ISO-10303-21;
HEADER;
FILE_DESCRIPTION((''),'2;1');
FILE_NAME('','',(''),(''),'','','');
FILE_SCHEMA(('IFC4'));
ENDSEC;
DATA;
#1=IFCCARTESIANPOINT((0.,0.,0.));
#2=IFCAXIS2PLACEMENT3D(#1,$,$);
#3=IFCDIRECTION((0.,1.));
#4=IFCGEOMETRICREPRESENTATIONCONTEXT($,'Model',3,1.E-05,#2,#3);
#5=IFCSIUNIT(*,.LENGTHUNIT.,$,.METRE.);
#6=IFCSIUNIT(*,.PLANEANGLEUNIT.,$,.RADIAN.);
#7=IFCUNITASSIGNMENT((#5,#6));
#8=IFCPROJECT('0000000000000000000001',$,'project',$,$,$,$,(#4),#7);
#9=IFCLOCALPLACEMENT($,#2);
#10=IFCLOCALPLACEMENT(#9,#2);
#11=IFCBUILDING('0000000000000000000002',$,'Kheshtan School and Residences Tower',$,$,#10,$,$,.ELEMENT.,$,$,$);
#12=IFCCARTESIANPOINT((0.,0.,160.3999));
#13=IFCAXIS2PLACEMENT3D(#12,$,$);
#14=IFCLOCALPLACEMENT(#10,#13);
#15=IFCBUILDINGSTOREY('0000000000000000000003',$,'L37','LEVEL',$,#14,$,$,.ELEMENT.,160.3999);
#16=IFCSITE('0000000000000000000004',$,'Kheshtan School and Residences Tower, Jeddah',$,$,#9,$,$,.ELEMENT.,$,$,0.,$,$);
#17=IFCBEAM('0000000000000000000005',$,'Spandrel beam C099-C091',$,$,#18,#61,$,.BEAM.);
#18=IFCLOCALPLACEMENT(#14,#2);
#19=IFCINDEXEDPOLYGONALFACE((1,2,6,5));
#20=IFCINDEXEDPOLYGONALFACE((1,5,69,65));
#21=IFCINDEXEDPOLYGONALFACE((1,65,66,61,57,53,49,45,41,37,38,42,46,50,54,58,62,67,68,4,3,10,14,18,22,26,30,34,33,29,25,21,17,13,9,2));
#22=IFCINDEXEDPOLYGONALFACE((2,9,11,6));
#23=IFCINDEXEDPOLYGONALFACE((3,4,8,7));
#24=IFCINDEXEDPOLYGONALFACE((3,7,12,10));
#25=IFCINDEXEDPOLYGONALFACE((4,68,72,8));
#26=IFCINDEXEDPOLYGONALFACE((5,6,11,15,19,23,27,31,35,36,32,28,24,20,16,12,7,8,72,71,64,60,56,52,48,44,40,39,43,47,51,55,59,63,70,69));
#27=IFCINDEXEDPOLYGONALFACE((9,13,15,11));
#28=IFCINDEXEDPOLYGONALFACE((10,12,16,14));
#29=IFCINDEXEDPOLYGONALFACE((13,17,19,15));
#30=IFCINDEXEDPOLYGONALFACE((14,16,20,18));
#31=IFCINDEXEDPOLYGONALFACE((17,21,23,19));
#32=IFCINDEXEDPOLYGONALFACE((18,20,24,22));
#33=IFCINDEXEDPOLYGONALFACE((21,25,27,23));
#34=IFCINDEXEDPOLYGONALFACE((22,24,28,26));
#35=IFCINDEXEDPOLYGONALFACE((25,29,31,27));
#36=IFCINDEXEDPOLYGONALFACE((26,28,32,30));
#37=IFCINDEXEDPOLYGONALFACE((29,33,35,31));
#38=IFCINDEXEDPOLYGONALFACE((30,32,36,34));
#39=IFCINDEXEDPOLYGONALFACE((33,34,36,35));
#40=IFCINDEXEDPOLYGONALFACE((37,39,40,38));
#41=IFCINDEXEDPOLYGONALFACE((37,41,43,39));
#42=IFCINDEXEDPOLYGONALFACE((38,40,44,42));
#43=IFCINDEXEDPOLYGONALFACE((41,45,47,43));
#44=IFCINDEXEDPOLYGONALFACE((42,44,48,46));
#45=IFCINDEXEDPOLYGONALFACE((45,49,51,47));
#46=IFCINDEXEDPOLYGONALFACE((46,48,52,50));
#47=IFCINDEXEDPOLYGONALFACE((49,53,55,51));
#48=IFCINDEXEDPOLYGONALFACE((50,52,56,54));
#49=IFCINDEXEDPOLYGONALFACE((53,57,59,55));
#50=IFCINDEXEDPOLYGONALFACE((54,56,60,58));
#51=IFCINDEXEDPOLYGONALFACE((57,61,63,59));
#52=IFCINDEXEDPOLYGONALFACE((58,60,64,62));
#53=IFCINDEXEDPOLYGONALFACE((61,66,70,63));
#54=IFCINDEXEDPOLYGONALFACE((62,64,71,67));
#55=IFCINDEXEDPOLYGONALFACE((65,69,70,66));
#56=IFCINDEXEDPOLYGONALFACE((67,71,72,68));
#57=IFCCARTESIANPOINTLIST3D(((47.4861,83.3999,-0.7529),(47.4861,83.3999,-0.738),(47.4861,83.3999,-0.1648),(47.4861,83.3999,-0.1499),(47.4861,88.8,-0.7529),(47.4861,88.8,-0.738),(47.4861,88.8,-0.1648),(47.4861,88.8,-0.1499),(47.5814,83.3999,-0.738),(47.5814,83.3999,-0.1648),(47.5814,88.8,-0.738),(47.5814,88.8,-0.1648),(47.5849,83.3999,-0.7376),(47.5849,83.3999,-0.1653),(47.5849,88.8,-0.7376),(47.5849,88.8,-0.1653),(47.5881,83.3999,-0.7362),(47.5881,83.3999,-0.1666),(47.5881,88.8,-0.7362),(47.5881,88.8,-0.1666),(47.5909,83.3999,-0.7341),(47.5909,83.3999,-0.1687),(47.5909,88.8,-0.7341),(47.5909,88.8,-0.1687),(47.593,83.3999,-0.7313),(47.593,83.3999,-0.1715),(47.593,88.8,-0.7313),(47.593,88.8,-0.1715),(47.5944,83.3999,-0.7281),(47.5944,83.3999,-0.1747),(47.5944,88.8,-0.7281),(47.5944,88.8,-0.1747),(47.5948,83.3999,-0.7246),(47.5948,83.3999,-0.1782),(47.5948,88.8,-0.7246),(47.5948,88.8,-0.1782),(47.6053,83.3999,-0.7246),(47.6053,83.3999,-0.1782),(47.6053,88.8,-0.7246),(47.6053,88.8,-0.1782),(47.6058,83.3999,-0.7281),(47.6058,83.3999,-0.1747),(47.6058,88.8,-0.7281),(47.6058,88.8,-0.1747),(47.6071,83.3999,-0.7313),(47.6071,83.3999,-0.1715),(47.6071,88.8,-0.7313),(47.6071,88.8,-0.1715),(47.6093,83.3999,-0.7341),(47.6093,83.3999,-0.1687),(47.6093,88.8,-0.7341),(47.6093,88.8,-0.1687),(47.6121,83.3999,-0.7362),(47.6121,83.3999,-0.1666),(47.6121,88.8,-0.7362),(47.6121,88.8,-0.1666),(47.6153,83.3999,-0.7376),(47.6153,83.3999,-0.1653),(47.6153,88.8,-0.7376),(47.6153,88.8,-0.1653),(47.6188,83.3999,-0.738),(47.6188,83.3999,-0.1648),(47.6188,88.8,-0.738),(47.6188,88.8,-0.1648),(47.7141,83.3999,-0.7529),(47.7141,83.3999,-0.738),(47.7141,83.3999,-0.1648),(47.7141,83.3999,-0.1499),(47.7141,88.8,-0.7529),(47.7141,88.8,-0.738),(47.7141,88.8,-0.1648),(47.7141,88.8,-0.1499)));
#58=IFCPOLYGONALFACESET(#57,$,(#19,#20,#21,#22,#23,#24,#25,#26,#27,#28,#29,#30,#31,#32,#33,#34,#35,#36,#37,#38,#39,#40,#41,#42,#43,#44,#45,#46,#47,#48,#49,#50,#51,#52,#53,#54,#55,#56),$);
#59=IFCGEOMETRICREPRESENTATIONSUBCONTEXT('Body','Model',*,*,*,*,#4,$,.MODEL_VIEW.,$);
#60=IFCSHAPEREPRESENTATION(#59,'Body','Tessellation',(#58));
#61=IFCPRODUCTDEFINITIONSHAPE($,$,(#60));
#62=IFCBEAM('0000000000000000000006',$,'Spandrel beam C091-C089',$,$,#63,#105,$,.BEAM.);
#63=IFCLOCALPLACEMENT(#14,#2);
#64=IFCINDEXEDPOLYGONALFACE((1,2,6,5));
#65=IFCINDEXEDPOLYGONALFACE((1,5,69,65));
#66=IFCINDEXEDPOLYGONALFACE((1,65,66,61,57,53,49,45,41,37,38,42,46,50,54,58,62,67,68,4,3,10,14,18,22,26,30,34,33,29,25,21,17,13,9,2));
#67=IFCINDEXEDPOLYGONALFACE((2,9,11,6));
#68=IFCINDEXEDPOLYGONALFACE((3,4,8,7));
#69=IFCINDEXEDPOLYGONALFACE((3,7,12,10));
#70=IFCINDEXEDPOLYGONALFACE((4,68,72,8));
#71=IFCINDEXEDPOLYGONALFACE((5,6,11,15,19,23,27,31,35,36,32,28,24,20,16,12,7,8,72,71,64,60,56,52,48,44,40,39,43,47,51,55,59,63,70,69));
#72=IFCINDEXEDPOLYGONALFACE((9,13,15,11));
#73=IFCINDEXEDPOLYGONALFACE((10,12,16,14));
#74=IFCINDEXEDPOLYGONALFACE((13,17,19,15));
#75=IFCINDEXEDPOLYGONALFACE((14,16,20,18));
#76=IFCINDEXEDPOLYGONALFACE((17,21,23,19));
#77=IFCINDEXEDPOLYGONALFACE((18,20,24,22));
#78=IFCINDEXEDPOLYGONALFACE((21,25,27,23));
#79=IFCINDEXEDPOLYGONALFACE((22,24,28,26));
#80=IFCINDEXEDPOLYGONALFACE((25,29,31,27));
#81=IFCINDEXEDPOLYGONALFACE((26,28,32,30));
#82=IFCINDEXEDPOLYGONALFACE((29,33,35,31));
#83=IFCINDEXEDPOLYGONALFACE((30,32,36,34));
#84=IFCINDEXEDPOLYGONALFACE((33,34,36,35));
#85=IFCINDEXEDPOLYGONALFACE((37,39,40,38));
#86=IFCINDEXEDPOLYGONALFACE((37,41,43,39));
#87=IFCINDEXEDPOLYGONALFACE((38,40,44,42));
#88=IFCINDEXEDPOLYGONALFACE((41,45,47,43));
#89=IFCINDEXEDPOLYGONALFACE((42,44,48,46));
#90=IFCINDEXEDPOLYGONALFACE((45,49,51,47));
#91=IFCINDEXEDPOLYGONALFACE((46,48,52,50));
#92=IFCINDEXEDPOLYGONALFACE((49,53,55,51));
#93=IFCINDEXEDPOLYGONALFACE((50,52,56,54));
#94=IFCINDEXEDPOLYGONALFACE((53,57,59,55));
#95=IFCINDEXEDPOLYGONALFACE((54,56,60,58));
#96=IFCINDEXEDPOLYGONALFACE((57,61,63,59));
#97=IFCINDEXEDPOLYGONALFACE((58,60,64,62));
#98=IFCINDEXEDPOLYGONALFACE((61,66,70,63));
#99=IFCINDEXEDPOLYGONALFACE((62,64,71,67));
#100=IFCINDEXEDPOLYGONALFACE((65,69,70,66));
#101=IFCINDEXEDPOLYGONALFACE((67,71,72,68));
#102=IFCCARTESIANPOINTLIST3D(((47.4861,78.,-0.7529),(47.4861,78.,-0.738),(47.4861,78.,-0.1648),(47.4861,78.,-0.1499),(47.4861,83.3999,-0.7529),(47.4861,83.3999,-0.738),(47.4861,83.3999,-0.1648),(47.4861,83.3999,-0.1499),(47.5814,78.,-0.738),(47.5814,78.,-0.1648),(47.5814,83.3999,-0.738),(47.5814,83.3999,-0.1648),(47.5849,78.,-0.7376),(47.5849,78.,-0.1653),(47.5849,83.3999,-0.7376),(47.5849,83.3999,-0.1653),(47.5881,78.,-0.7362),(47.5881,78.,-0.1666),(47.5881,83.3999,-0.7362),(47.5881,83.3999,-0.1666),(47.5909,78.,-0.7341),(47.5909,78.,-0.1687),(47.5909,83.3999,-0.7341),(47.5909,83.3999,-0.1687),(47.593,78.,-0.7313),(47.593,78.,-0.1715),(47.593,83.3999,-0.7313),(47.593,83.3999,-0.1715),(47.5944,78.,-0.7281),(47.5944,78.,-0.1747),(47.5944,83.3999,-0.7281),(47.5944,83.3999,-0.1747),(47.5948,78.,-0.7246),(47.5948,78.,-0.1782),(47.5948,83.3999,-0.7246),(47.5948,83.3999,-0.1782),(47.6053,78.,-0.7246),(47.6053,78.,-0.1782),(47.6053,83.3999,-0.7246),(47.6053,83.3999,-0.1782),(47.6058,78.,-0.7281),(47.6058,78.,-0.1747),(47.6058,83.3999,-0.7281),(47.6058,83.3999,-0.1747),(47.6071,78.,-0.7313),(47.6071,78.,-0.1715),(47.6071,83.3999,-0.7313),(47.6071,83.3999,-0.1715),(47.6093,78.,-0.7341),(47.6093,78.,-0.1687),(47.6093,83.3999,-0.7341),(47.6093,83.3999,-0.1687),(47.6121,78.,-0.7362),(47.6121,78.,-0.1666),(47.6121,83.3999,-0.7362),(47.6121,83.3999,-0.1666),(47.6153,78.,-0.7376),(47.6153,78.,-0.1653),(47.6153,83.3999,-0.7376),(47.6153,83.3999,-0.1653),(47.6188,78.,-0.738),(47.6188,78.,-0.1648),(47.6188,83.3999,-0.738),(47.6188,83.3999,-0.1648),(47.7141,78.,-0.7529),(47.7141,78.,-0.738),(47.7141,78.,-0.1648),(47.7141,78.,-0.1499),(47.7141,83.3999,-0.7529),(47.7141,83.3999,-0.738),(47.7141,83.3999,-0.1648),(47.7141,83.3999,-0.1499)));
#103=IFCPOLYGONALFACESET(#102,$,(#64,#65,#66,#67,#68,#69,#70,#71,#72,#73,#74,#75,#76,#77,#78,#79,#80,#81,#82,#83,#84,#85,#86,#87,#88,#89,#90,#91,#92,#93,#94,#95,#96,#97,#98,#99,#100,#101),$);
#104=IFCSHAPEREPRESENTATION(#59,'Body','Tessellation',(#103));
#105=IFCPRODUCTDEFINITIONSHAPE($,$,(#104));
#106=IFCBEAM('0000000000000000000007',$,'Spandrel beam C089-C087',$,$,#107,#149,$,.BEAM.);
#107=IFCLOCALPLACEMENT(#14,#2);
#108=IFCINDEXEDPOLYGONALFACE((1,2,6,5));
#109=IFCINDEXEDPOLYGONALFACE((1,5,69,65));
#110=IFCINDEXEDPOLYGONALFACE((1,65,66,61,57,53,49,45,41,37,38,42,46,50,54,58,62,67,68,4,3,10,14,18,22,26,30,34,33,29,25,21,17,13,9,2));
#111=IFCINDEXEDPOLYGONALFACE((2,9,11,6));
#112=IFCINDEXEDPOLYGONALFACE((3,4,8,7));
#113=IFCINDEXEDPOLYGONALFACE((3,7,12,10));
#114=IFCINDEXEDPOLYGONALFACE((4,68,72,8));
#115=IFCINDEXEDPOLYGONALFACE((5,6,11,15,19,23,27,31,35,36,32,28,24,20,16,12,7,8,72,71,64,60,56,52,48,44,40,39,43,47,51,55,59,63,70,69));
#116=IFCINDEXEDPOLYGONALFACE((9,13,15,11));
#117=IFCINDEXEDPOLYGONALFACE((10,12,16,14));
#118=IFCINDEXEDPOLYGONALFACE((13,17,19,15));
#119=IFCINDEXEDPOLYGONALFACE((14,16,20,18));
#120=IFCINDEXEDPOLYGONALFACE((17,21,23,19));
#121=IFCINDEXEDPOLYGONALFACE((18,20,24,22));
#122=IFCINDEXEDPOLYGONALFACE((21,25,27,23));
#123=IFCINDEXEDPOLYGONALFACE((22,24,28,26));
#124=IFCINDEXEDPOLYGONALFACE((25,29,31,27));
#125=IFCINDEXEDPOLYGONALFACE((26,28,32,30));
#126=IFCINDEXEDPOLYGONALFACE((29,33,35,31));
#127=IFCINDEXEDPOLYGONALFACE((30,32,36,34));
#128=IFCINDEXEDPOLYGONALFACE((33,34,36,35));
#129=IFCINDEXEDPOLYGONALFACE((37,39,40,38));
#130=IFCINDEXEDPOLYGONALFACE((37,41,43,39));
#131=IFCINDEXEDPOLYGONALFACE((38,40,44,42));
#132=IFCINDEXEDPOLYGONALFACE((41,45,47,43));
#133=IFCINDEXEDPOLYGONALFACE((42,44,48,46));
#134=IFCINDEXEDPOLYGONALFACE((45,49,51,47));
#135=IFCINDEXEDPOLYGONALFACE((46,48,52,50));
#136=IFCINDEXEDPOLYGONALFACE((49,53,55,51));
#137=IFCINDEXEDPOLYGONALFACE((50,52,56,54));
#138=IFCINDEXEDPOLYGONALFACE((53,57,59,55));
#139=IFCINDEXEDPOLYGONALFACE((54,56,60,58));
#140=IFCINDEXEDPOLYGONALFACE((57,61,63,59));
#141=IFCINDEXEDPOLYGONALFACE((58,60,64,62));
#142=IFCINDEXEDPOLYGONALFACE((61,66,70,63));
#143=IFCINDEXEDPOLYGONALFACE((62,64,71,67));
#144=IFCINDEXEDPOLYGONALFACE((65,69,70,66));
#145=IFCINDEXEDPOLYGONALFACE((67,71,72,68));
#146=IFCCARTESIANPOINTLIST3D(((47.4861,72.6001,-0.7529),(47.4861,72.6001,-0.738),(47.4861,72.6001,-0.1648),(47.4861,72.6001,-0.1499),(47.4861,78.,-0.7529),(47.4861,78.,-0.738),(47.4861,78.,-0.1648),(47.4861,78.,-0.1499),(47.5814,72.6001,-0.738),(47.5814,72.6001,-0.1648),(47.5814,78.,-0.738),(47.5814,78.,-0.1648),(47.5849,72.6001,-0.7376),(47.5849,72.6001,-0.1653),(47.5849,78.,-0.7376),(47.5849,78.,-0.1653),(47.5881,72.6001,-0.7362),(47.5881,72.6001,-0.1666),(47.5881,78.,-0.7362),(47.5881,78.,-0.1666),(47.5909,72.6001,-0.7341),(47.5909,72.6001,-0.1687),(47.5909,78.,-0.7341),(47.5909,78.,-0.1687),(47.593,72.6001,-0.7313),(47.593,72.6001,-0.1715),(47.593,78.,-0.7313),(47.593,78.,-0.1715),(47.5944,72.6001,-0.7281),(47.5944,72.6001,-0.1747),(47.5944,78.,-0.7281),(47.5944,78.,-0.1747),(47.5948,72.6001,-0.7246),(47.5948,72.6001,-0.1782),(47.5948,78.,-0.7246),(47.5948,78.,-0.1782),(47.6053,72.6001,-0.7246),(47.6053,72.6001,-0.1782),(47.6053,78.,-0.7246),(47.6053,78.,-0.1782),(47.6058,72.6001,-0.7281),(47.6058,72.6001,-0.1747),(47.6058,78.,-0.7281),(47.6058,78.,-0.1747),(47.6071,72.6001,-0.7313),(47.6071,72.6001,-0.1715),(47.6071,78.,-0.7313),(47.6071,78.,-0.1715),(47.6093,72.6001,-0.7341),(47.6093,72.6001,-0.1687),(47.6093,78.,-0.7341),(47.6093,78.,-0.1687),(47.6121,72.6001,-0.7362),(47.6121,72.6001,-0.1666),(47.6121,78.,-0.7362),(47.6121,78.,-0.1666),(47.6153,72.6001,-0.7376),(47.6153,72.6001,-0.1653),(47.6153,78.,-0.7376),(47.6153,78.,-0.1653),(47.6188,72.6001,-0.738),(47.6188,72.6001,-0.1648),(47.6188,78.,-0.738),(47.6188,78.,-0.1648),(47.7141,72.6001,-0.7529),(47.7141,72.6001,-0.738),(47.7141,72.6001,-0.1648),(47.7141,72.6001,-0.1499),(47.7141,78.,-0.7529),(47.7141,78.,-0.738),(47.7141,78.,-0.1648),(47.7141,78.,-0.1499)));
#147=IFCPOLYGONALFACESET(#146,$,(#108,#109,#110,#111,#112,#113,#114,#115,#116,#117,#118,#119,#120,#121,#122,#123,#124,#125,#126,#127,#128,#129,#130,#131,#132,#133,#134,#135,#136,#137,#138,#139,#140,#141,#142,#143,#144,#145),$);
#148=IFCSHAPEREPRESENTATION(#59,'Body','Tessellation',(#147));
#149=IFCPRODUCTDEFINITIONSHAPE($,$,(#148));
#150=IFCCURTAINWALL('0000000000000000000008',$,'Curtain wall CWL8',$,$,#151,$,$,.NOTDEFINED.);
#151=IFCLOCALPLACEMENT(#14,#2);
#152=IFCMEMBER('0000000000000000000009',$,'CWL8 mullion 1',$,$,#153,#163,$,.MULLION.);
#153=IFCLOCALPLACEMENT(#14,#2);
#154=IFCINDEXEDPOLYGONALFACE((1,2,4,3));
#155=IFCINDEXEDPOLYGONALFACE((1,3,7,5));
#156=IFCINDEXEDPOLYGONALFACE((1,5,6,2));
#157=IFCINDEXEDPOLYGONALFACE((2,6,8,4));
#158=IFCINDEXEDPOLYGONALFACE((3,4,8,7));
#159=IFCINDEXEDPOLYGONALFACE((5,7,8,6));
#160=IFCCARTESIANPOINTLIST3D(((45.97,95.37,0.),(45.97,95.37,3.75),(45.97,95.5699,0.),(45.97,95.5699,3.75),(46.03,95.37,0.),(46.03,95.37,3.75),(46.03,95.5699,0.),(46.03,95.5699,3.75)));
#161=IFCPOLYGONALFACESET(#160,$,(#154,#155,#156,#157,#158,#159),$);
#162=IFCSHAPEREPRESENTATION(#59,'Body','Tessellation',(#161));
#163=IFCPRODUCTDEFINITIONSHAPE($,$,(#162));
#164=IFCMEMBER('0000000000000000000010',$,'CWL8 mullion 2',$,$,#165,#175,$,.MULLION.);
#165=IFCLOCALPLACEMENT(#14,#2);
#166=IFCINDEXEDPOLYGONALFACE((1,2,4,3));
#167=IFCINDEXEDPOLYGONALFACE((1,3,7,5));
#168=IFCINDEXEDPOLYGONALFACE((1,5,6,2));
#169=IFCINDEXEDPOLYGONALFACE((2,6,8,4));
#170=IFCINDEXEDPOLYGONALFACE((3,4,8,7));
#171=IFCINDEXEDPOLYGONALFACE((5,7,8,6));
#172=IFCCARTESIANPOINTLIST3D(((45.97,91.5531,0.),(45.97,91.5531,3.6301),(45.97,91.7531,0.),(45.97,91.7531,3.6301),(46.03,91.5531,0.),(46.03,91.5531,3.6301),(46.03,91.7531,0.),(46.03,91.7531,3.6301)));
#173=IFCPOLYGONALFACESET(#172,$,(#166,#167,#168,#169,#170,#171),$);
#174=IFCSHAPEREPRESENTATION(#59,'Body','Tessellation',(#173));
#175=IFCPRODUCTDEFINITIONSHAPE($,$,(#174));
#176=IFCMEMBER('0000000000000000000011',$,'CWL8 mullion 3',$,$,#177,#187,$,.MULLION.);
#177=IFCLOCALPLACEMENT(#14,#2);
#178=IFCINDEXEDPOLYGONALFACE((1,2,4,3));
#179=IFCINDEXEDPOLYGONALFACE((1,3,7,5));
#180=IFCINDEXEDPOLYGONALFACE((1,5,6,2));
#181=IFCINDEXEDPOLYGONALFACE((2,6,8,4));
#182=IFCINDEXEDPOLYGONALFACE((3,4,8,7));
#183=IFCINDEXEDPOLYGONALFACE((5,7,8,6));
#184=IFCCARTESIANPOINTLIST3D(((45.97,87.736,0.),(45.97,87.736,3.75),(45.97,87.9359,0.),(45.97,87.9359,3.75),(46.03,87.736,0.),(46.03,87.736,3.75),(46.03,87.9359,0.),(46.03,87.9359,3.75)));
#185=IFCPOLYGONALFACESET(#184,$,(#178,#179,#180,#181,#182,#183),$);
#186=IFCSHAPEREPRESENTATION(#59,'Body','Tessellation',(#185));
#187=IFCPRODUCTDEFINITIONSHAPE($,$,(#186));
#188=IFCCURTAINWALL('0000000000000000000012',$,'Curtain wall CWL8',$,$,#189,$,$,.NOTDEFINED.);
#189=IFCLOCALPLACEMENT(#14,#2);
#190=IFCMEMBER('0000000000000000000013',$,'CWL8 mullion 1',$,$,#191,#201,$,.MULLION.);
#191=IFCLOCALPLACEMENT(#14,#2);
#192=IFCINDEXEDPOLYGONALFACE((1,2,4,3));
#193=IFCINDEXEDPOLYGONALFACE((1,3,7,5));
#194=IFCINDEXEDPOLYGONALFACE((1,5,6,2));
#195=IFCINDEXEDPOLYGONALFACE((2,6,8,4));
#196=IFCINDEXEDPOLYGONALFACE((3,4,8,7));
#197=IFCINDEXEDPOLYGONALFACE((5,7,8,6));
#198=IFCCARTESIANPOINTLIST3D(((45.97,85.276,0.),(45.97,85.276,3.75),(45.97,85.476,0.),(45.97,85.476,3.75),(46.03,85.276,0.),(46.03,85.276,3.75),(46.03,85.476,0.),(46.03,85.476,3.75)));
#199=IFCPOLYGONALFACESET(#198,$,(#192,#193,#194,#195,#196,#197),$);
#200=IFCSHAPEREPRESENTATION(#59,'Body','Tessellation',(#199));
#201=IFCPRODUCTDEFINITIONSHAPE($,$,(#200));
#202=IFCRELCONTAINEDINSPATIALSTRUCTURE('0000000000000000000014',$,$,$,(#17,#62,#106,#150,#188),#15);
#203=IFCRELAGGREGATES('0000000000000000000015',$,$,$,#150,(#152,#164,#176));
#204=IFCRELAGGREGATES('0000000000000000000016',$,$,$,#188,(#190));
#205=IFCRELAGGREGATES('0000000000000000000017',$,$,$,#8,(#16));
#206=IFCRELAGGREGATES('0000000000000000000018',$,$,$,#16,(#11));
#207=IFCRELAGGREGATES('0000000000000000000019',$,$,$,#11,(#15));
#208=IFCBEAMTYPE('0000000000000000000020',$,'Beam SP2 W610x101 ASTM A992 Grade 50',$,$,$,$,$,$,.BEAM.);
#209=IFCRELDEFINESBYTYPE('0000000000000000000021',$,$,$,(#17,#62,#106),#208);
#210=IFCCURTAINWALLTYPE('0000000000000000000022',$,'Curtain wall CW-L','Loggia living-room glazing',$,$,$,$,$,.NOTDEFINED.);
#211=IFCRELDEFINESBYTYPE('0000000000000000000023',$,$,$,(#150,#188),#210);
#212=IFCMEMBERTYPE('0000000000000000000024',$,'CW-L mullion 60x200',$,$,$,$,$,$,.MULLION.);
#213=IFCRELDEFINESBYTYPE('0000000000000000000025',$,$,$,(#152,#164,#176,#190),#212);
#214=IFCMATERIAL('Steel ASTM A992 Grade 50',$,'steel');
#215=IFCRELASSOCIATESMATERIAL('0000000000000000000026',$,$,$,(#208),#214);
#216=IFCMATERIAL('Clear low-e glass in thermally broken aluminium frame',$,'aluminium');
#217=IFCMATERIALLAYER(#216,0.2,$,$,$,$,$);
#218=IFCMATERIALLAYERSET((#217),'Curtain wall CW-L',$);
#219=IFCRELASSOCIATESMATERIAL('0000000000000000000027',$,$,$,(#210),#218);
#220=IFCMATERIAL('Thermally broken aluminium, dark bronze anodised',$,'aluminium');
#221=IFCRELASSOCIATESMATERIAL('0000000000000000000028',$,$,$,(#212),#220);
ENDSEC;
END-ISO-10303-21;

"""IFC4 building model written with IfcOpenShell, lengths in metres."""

from ifc_helpers import new_model, si_unit, direction, frame, origin, origin_2d, place, context, subcontext, project, spatial, rectangle, i_section, extrude, material, layer, layer_set, material_profile, profile_set, type_object, element, aggregate, save


model = new_model("IFC4")

# Units and contexts
model_context = context("Model", 3, precision=1e-05, world=origin(), true_north=direction((0.0, 1.0)))
body_context = subcontext(model_context, "Body", "Model", "MODEL_VIEW")
ifc_project = project(units=[si_unit("LENGTHUNIT", "METRE"), si_unit("PLANEANGLEUNIT", "RADIAN")], contexts=[model_context])

# Site, building, storey
site_placement = place(None, origin())
site = spatial("IfcSite", under=ifc_project, at=site_placement, Name="Kheshtan School and Residences Tower, Jeddah", CompositionType="ELEMENT", RefElevation=0.0)
building_placement = place(site_placement, origin())
building = spatial("IfcBuilding", under=site, at=building_placement, Name="Kheshtan School and Residences Tower", CompositionType="ELEMENT")
storey_placement = place(building_placement, frame((0.0, 0.0, 160.3999)))
storey = spatial("IfcBuildingStorey", under=building, at=storey_placement, Name="L37", Description="LEVEL", CompositionType="ELEMENT", Elevation=160.3999)

# Shared definitions
ifc_material_1 = material(Name="Steel ASTM A992 Grade 50", Category="steel")

# Beams
ifc_material_profile_1 = material_profile(ifc_material_1, i_section(OverallWidth=0.228, OverallDepth=0.603, WebThickness=0.0105, FlangeThickness=0.0149, FilletRadius=0.0134, at=origin_2d()), Name="W610x101")
ifc_profile_set_1 = profile_set([ifc_material_profile_1], Name="Steel ASTM A992 Grade 50")
beam_type_1 = type_object("IfcBeamType", Name="Beam SP2 W610x101 ASTM A992 Grade 50", PredefinedType="BEAM", material=ifc_profile_set_1)
beam_1_placement = place(storey_placement, frame((47.6001, 88.8, -0.4514), z_axis=(0.0, -1.0, 0.0), x_axis=(1.0, 0.0, 0.0)))
element("IfcBeam", 1, at=beam_1_placement, inside=storey, type_object=beam_type_1, Name="Spandrel beam C099-C091", PredefinedType="BEAM", context=body_context, shape_type="SweptSolid", body=[
    extrude(i_section(OverallWidth=0.228, OverallDepth=0.603, WebThickness=0.0105, FlangeThickness=0.0149, FilletRadius=0.0134, at=origin_2d()), origin(), (0.0, 0.0, 1.0), 5.4001),
])
for number, where, z_axis, x_axis, name in (
    (2, (47.6001, 83.3999, -0.4514), (0.0, -1.0, 0.0), (1.0, 0.0, 0.0), "Spandrel beam C091-C089"),
    (3, (47.6001, 78.0, -0.4514), (0.0, -1.0, 0.0), (1.0, 0.0, 0.0), "Spandrel beam C089-C087"),
):
    element("IfcBeam", number, at=place(storey_placement, frame(where, z_axis=z_axis, x_axis=x_axis)), inside=storey, type_object=beam_type_1, Name=name, PredefinedType="BEAM", context=body_context, shape_type="SweptSolid", body=[
        extrude(i_section(OverallWidth=0.228, OverallDepth=0.603, WebThickness=0.0105, FlangeThickness=0.0149, FilletRadius=0.0134, at=origin_2d()), origin(), (0.0, 0.0, 1.0), 5.3999),
    ])

# Curtain walls, members
ifc_material_2 = material(Name="Clear low-e glass in thermally broken aluminium frame", Category="aluminium")
ifc_layer_1 = layer(ifc_material_2, 0.2)
ifc_layer_set_1 = layer_set([ifc_layer_1], Name="Curtain wall CW-L")
curtain_wall_type = type_object("IfcCurtainWallType", Name="Curtain wall CW-L", Description="Loggia living-room glazing", PredefinedType="NOTDEFINED", material=ifc_layer_set_1)
curtain_wall_1_placement = place(storey_placement, origin())
curtain_wall_1 = element("IfcCurtainWall", 4, at=curtain_wall_1_placement, inside=storey, type_object=curtain_wall_type, Name="Curtain wall CWL8", PredefinedType="NOTDEFINED")
ifc_material_3 = material(Name="Thermally broken aluminium, dark bronze anodised", Category="aluminium")
ifc_material_profile_2 = material_profile(ifc_material_3, rectangle(XDim=0.0601, YDim=0.2, at=origin_2d()), Name="CW-L mullion 60x200")
ifc_profile_set_2 = profile_set([ifc_material_profile_2], Name="Thermally broken aluminium, dark bronze anodised")
member_type_1 = type_object("IfcMemberType", Name="CW-L mullion 60x200", PredefinedType="MULLION", material=ifc_profile_set_2)
member_1_placement = place(storey_placement, frame((46.0, 95.47, 0.0), z_axis=(0.0, 0.0, 1.0), x_axis=(1.0, 0.0, 0.0)))
member_1 = element("IfcMember", 5, at=member_1_placement, type_object=member_type_1, Name="CWL8 mullion 1", PredefinedType="MULLION", context=body_context, shape_type="SweptSolid", body=[
    extrude(rectangle(XDim=0.0601, YDim=0.2, at=origin_2d()), origin(), (0.0, 0.0, 1.0), 3.75),
])
member_2_placement = place(storey_placement, frame((46.0, 91.6531, 0.0), z_axis=(0.0, 0.0, 1.0), x_axis=(1.0, 0.0, 0.0)))
member_2 = element("IfcMember", 6, at=member_2_placement, type_object=member_type_1, Name="CWL8 mullion 2", PredefinedType="MULLION", context=body_context, shape_type="SweptSolid", body=[
    extrude(rectangle(XDim=0.0601, YDim=0.2, at=origin_2d()), origin(), (0.0, 0.0, 1.0), 3.6301),
])
member_3_placement = place(storey_placement, frame((46.0, 87.8359, 0.0), z_axis=(0.0, 0.0, 1.0), x_axis=(1.0, 0.0, 0.0)))
member_3 = element("IfcMember", 7, at=member_3_placement, type_object=member_type_1, Name="CWL8 mullion 3", PredefinedType="MULLION", context=body_context, shape_type="SweptSolid", body=[
    extrude(rectangle(XDim=0.0601, YDim=0.2, at=origin_2d()), origin(), (0.0, 0.0, 1.0), 3.75),
])
curtain_wall_2_placement = place(storey_placement, origin())
curtain_wall_2 = element("IfcCurtainWall", 8, at=curtain_wall_2_placement, inside=storey, type_object=curtain_wall_type, Name="Curtain wall CWL8", PredefinedType="NOTDEFINED")
member_4_placement = place(storey_placement, frame((46.0, 85.376, 0.0), z_axis=(0.0, 0.0, 1.0), x_axis=(1.0, 0.0, 0.0)))
member_4 = element("IfcMember", 9, at=member_4_placement, type_object=member_type_1, Name="CWL8 mullion 1", PredefinedType="MULLION", context=body_context, shape_type="SweptSolid", body=[
    extrude(rectangle(XDim=0.0601, YDim=0.2, at=origin_2d()), origin(), (0.0, 0.0, 1.0), 3.75),
])

aggregate(curtain_wall_1, [member_1, member_2, member_3])
aggregate(curtain_wall_2, [member_4])

save(model, "model.ifc")
